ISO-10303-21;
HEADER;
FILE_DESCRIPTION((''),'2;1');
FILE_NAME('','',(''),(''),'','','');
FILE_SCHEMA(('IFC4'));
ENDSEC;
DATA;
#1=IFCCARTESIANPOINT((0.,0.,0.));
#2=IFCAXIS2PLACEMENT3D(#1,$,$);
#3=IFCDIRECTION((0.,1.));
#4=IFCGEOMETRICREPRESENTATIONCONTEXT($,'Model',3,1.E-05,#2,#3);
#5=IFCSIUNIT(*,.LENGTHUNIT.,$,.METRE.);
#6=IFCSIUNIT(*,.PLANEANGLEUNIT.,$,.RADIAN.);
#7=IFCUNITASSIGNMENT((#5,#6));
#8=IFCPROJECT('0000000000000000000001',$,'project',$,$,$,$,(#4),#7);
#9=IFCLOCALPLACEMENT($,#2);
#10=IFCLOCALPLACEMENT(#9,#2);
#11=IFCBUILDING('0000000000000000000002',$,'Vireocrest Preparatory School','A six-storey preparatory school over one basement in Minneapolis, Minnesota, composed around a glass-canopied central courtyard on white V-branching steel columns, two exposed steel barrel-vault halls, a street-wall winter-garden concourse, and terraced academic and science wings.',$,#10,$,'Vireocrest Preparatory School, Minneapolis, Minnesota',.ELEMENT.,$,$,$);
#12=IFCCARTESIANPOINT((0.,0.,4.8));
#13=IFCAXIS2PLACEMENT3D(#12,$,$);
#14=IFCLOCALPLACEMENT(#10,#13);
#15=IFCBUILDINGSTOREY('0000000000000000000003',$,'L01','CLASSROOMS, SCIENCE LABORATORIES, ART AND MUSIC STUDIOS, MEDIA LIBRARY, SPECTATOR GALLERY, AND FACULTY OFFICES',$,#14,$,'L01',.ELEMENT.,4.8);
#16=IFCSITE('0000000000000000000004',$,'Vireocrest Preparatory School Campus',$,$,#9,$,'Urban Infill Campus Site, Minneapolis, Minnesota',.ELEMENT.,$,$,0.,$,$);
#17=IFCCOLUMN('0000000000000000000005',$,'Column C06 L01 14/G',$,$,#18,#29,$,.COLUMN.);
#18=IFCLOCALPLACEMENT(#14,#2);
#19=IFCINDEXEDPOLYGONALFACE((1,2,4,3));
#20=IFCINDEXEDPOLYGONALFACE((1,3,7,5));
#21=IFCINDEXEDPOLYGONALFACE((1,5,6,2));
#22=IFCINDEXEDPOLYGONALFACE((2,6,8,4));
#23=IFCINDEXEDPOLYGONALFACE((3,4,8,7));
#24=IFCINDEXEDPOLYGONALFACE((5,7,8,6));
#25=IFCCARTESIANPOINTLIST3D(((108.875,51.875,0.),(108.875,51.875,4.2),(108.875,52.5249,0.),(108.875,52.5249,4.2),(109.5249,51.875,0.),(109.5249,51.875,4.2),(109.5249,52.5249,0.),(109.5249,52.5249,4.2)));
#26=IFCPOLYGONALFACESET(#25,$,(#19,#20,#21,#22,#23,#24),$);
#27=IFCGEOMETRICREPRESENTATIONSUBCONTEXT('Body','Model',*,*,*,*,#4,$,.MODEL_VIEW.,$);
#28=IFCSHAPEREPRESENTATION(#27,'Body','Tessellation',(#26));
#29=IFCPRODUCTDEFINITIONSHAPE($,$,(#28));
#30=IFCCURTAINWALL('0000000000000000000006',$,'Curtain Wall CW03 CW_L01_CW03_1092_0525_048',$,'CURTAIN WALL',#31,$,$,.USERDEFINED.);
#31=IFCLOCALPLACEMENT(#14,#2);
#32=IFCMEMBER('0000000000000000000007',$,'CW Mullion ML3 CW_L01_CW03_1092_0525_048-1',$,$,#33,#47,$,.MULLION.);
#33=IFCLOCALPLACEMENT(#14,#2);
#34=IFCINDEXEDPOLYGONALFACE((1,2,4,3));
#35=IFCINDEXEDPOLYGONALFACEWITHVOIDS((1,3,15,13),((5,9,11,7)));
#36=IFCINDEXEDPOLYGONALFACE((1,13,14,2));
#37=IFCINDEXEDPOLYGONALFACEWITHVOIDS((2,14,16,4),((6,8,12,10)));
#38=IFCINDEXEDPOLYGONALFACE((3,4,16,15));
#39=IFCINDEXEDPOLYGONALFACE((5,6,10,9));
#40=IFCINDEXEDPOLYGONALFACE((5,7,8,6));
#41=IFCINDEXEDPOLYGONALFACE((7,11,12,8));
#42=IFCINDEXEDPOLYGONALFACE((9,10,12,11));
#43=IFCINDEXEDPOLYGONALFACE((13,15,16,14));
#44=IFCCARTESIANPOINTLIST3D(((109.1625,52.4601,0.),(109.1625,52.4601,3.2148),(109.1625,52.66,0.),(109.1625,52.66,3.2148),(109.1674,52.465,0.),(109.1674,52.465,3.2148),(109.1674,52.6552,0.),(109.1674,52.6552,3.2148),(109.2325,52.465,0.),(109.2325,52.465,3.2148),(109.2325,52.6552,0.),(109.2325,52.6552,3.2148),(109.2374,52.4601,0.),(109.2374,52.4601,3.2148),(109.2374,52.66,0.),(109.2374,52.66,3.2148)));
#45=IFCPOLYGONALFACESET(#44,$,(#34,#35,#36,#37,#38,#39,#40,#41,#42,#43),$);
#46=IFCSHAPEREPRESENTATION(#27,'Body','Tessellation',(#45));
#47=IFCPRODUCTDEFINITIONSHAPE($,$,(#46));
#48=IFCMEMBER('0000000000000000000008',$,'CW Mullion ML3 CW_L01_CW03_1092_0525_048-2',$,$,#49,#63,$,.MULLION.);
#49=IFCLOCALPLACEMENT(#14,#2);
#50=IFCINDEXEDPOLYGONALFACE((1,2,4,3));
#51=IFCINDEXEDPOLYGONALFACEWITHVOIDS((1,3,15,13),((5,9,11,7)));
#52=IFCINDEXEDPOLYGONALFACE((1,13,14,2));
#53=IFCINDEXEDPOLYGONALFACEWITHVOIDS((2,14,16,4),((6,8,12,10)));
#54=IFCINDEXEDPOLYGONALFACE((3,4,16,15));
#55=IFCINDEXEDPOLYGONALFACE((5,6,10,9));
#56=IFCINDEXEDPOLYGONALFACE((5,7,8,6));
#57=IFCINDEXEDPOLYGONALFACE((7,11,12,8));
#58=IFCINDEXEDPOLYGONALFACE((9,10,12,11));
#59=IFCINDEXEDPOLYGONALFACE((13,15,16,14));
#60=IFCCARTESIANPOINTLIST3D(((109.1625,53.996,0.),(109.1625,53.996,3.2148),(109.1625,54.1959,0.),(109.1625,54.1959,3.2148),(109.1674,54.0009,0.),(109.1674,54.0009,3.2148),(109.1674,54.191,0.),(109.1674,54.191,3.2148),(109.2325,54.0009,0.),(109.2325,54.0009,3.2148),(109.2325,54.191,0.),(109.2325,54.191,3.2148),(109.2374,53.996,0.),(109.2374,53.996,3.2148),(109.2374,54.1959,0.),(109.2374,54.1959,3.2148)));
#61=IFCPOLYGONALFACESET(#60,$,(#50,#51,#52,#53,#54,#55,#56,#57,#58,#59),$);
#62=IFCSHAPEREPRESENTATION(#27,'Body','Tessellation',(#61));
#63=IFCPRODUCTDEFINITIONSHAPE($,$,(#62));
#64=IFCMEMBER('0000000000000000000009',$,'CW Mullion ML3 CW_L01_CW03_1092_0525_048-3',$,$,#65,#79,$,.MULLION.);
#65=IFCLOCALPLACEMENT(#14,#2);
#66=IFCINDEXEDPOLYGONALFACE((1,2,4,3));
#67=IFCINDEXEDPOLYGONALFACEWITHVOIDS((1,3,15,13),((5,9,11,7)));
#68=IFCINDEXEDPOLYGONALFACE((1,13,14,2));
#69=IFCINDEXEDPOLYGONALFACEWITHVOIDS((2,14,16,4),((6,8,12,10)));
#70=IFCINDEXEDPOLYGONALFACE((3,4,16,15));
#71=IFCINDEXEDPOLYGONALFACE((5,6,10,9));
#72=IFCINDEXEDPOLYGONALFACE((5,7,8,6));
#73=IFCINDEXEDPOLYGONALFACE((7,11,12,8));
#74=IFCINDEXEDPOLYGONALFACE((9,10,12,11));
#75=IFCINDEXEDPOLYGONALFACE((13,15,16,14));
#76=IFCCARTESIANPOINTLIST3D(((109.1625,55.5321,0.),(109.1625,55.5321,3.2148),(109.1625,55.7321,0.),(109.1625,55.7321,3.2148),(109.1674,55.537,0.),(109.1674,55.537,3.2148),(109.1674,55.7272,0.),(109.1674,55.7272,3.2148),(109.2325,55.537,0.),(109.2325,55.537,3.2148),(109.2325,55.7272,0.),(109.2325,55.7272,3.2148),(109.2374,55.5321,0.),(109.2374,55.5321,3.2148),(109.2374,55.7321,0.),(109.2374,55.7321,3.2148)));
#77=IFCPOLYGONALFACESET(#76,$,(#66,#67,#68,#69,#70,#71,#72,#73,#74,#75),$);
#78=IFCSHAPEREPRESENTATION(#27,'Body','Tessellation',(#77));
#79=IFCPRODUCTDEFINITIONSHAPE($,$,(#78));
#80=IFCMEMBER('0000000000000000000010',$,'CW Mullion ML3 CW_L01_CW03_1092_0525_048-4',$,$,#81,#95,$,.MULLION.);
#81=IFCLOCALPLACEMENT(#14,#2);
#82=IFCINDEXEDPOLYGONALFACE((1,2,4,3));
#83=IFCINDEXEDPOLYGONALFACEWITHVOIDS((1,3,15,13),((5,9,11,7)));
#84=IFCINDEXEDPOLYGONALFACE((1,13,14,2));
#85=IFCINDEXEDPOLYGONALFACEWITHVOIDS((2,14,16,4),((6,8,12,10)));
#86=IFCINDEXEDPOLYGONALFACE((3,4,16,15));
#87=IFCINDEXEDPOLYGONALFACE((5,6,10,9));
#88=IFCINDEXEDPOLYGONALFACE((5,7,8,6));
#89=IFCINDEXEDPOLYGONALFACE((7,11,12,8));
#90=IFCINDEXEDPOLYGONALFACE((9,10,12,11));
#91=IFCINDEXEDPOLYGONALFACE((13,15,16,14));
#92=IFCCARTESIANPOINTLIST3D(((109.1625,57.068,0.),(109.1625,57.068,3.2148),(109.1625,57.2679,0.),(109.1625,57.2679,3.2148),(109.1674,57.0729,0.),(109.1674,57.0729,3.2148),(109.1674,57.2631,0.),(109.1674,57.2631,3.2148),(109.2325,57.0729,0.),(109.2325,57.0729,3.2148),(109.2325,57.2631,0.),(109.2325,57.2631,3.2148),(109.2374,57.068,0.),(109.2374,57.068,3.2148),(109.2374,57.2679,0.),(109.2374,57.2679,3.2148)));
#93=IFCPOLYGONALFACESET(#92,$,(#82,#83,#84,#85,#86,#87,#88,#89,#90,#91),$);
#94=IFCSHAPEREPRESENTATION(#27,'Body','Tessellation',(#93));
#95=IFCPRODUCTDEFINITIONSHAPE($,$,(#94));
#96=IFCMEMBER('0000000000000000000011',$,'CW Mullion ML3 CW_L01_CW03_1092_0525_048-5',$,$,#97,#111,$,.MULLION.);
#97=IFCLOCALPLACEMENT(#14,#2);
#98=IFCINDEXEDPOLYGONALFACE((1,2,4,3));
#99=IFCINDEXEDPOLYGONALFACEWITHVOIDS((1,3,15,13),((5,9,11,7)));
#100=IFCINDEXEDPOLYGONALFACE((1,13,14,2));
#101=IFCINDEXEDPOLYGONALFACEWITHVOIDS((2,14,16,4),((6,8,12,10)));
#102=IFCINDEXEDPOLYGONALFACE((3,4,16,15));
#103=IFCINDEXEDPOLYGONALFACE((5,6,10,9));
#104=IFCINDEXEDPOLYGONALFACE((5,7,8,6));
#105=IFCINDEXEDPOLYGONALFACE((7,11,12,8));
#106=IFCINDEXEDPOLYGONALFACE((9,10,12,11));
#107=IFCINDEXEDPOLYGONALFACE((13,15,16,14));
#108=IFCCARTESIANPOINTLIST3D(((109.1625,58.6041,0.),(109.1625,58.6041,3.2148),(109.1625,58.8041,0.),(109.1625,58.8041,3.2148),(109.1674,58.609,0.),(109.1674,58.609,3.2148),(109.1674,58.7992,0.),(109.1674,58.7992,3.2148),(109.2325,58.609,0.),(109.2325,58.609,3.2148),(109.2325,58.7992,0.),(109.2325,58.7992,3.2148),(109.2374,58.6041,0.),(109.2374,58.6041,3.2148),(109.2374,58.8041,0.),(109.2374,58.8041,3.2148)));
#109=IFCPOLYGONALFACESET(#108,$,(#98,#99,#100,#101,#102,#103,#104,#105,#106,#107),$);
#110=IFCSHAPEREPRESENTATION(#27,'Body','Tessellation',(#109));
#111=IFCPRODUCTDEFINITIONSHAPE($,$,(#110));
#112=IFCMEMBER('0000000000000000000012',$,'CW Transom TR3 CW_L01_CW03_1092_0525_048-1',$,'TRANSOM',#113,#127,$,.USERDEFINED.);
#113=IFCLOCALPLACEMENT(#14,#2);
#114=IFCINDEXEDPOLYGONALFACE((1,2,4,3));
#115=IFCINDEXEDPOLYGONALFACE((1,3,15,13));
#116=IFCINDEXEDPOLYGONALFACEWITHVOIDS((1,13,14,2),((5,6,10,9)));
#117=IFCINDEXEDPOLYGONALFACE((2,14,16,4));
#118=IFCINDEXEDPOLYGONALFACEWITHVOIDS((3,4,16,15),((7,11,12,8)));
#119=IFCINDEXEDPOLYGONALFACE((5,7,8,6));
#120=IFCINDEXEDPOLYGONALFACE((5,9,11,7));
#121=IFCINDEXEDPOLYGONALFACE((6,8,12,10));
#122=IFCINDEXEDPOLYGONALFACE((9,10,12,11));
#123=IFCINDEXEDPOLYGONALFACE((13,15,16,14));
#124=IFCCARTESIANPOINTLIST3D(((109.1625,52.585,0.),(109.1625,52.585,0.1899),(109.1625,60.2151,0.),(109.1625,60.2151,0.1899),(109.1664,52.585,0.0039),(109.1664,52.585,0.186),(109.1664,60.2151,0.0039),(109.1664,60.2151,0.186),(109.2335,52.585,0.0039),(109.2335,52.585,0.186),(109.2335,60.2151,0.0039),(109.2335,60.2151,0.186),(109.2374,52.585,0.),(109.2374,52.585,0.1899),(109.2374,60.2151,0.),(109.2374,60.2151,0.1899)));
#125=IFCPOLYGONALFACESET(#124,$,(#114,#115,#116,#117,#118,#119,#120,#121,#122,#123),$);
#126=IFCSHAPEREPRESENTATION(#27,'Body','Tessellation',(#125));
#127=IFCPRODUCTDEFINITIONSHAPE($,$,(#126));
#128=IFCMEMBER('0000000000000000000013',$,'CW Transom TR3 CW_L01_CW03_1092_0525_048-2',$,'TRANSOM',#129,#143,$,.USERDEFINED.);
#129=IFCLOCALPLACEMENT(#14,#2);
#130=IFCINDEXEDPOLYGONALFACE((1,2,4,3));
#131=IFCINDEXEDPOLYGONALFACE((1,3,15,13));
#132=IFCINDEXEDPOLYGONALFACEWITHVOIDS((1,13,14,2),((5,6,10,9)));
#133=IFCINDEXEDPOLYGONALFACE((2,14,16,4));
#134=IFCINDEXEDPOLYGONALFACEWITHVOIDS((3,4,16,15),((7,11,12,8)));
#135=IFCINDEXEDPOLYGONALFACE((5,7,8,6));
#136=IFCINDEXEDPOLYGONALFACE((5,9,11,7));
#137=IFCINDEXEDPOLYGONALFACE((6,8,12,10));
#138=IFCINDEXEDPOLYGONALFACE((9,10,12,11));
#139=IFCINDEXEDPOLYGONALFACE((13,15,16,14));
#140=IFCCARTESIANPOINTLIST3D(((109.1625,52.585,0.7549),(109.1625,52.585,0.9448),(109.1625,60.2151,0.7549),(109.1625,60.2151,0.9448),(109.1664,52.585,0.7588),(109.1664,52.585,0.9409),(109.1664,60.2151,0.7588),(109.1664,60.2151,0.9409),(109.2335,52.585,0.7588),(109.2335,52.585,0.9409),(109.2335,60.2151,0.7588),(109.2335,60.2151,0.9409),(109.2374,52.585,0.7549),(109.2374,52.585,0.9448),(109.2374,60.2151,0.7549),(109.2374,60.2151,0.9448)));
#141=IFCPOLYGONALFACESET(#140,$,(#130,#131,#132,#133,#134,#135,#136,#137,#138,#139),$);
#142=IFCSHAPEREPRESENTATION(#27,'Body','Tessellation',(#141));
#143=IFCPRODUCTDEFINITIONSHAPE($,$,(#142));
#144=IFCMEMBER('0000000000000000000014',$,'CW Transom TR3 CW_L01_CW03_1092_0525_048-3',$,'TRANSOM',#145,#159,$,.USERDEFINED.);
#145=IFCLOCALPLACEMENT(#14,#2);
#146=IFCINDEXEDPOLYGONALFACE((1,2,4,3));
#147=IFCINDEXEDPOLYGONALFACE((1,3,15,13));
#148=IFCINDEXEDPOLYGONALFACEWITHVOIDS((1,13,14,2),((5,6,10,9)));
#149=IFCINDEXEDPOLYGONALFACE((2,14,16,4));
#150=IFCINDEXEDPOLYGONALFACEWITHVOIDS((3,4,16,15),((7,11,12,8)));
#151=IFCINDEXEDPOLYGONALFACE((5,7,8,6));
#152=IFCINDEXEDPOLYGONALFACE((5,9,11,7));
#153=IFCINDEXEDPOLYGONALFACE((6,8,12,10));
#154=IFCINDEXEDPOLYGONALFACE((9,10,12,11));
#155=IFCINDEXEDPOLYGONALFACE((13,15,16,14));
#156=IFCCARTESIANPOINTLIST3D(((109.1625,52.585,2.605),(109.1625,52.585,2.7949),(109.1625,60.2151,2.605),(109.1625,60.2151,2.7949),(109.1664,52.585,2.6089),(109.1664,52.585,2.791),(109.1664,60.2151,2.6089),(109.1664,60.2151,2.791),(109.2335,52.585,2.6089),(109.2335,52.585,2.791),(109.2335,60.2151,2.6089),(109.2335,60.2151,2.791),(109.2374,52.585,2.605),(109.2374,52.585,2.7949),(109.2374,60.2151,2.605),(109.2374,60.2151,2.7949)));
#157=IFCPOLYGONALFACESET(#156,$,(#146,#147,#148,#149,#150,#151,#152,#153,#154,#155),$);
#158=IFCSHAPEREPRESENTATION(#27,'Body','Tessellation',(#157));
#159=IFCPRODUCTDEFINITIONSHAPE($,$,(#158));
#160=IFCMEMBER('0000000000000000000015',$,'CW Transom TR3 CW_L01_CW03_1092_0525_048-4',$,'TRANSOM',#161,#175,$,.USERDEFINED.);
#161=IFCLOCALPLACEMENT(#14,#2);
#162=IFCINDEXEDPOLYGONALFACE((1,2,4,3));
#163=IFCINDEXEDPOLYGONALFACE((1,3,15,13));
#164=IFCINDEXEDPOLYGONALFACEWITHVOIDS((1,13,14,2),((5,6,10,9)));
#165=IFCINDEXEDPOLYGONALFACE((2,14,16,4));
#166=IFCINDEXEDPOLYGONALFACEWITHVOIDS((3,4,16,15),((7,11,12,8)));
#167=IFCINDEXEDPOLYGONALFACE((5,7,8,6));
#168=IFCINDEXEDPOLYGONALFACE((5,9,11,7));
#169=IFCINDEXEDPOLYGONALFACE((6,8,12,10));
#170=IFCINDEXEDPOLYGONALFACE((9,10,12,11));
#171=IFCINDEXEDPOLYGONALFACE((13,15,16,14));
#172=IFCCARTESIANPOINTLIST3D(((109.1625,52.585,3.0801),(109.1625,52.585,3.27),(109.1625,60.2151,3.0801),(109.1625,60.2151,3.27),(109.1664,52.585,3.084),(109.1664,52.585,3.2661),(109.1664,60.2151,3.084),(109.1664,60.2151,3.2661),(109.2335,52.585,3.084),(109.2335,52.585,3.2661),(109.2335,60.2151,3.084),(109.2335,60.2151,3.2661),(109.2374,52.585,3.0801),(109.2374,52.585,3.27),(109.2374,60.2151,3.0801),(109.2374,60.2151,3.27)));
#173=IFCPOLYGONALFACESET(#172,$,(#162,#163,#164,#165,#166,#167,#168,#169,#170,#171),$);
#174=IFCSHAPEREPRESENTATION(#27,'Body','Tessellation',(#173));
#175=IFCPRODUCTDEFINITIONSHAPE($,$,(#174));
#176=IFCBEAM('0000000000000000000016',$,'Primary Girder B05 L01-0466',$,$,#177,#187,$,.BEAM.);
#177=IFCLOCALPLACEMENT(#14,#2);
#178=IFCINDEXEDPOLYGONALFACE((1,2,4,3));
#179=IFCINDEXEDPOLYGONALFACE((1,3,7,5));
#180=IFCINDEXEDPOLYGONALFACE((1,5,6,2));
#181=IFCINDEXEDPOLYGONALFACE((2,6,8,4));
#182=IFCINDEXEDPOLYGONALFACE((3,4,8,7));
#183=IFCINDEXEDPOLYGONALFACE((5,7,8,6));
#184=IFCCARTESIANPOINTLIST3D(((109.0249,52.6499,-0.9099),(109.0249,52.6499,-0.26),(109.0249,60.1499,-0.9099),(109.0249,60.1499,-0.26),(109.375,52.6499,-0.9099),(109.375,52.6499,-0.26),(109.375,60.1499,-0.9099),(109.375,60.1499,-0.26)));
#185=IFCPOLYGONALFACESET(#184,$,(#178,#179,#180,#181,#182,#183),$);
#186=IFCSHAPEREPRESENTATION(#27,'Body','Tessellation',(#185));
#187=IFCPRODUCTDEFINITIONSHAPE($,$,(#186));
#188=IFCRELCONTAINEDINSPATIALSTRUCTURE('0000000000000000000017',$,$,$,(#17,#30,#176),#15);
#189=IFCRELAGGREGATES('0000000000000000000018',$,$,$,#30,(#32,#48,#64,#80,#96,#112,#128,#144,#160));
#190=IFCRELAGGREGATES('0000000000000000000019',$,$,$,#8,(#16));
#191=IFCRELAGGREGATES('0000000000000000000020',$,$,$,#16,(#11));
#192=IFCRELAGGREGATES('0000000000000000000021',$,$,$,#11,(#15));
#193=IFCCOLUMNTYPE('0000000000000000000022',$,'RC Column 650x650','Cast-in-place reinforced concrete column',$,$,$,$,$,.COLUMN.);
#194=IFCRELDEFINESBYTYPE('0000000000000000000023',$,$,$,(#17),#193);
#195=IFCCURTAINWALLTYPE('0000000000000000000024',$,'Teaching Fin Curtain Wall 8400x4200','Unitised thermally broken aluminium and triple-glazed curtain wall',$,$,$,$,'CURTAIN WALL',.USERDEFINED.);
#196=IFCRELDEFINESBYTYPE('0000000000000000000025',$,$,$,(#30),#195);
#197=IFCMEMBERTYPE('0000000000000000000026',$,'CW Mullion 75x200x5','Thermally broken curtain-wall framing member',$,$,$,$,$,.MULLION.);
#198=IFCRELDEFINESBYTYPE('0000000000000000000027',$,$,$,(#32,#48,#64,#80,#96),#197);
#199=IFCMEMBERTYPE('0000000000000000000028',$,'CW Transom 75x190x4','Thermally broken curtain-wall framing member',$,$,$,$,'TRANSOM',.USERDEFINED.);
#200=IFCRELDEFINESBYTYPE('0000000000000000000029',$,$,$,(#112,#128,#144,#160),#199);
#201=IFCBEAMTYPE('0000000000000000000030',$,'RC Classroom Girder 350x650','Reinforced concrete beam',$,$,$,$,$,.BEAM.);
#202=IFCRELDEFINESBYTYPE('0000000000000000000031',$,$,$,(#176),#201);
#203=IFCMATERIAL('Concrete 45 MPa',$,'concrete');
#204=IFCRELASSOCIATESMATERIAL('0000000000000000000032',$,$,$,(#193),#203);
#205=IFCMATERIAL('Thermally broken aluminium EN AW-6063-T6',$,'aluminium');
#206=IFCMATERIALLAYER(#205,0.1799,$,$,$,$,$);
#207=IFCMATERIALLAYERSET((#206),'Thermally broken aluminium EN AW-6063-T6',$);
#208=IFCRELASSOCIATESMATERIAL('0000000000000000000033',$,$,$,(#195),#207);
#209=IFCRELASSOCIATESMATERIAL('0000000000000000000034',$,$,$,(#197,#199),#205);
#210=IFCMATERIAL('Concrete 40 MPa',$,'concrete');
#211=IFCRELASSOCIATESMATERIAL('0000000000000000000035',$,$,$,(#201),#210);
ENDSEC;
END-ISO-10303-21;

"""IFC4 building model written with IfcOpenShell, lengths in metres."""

from ifc_helpers import new_model, si_unit, direction, frame, origin, origin_2d, place, context, subcontext, project, spatial, rectangle, hollow_rectangle, extrude, material, layer, layer_set, material_profile, profile_set, type_object, element, aggregate, save


model = new_model("IFC4")

# Units and contexts
model_context = context("Model", 3, precision=1e-05, world=origin(), true_north=direction((0.0, 1.0)))
body_context = subcontext(model_context, "Body", "Model", "MODEL_VIEW")
ifc_project = project(units=[si_unit("LENGTHUNIT", "METRE"), si_unit("PLANEANGLEUNIT", "RADIAN")], contexts=[model_context])

# Site, building, storey
site_placement = place(None, origin())
site = spatial("IfcSite", under=ifc_project, at=site_placement, Name="Vireocrest Preparatory School Campus", LongName="Urban Infill Campus Site, Minneapolis, Minnesota", CompositionType="ELEMENT", RefElevation=0.0)
building_placement = place(site_placement, origin())
building = spatial("IfcBuilding", under=site, at=building_placement, Name="Vireocrest Preparatory School", Description="A six-storey preparatory school over one basement in Minneapolis, Minnesota, composed around a glass-canopied central courtyard on white V-branching steel columns, two exposed steel barrel-vault halls, a street-wall winter-garden concourse, and terraced academic and science wings.", LongName="Vireocrest Preparatory School, Minneapolis, Minnesota", CompositionType="ELEMENT")
storey_placement = place(building_placement, frame((0.0, 0.0, 4.8)))
storey = spatial("IfcBuildingStorey", under=building, at=storey_placement, Name="L01", Description="CLASSROOMS, SCIENCE LABORATORIES, ART AND MUSIC STUDIOS, MEDIA LIBRARY, SPECTATOR GALLERY, AND FACULTY OFFICES", LongName="L01", CompositionType="ELEMENT", Elevation=4.8)

# Column
ifc_material_1 = material(Name="Concrete 45 MPa", Category="concrete")
ifc_material_profile_1 = material_profile(ifc_material_1, rectangle(XDim=0.6499, YDim=0.6499, at=origin_2d()), Name="RC 650x650")
ifc_profile_set_1 = profile_set([ifc_material_profile_1], Name="Concrete 45 MPa")
column_type = type_object("IfcColumnType", Name="RC Column 650x650", Description="Cast-in-place reinforced concrete column", PredefinedType="COLUMN", material=ifc_profile_set_1)
column_placement = place(storey_placement, frame((109.2, 52.2, 0.0), z_axis=(0.0, 0.0, 1.0), x_axis=(1.0, 0.0, 0.0)))
element("IfcColumn", 1, at=column_placement, inside=storey, type_object=column_type, Name="Column C06 L01 14/G", PredefinedType="COLUMN", context=body_context, shape_type="SweptSolid", body=[
    extrude(rectangle(XDim=0.6499, YDim=0.6499, at=origin_2d()), origin(), (0.0, 0.0, 1.0), 4.2),
])

# Curtain wall, members
ifc_material_2 = material(Name="Thermally broken aluminium EN AW-6063-T6", Category="aluminium")
ifc_layer_1 = layer(ifc_material_2, 0.1799)
ifc_layer_set_1 = layer_set([ifc_layer_1], Name="Thermally broken aluminium EN AW-6063-T6")
curtain_wall_type = type_object("IfcCurtainWallType", Name="Teaching Fin Curtain Wall 8400x4200", Description="Unitised thermally broken aluminium and triple-glazed curtain wall", ElementType="CURTAIN WALL", PredefinedType="USERDEFINED", material=ifc_layer_set_1)
curtain_wall_placement = place(storey_placement, origin())
curtain_wall = element("IfcCurtainWall", 2, at=curtain_wall_placement, inside=storey, type_object=curtain_wall_type, Name="Curtain Wall CW03 CW_L01_CW03_1092_0525_048", ObjectType="CURTAIN WALL", PredefinedType="USERDEFINED")
ifc_material_profile_2 = material_profile(ifc_material_2, hollow_rectangle(XDim=0.075, YDim=0.2, WallThickness=0.0049, at=origin_2d()), Name="ALU 75x200x5")
ifc_profile_set_2 = profile_set([ifc_material_profile_2], Name="Thermally broken aluminium EN AW-6063-T6")
member_type_1 = type_object("IfcMemberType", Name="CW Mullion 75x200x5", Description="Thermally broken curtain-wall framing member", PredefinedType="MULLION", material=ifc_profile_set_2)
member_1_placement = place(storey_placement, frame((109.2, 52.5601, 0.0), z_axis=(0.0, 0.0, 1.0), x_axis=(1.0, 0.0, 0.0)))
member_1 = element("IfcMember", 3, at=member_1_placement, type_object=member_type_1, Name="CW Mullion ML3 CW_L01_CW03_1092_0525_048-1", PredefinedType="MULLION", context=body_context, shape_type="SweptSolid", body=[
    extrude(hollow_rectangle(XDim=0.075, YDim=0.2, WallThickness=0.0049, at=origin_2d()), origin(), (0.0, 0.0, 1.0), 3.2148),
])
member_2_placement = place(storey_placement, frame((109.2, 54.0959, 0.0), z_axis=(0.0, 0.0, 1.0), x_axis=(1.0, 0.0, 0.0)))
member_2 = element("IfcMember", 4, at=member_2_placement, type_object=member_type_1, Name="CW Mullion ML3 CW_L01_CW03_1092_0525_048-2", PredefinedType="MULLION", context=body_context, shape_type="SweptSolid", body=[
    extrude(hollow_rectangle(XDim=0.075, YDim=0.2, WallThickness=0.0049, at=origin_2d()), origin(), (0.0, 0.0, 1.0), 3.2148),
])
member_3_placement = place(storey_placement, frame((109.2, 55.6321, 0.0), z_axis=(0.0, 0.0, 1.0), x_axis=(1.0, 0.0, 0.0)))
member_3 = element("IfcMember", 5, at=member_3_placement, type_object=member_type_1, Name="CW Mullion ML3 CW_L01_CW03_1092_0525_048-3", PredefinedType="MULLION", context=body_context, shape_type="SweptSolid", body=[
    extrude(hollow_rectangle(XDim=0.075, YDim=0.2, WallThickness=0.0049, at=origin_2d()), origin(), (0.0, 0.0, 1.0), 3.2148),
])
member_4_placement = place(storey_placement, frame((109.2, 57.168, 0.0), z_axis=(0.0, 0.0, 1.0), x_axis=(1.0, 0.0, 0.0)))
member_4 = element("IfcMember", 6, at=member_4_placement, type_object=member_type_1, Name="CW Mullion ML3 CW_L01_CW03_1092_0525_048-4", PredefinedType="MULLION", context=body_context, shape_type="SweptSolid", body=[
    extrude(hollow_rectangle(XDim=0.075, YDim=0.2, WallThickness=0.0049, at=origin_2d()), origin(), (0.0, 0.0, 1.0), 3.2148),
])
member_5_placement = place(storey_placement, frame((109.2, 58.7041, 0.0), z_axis=(0.0, 0.0, 1.0), x_axis=(1.0, 0.0, 0.0)))
member_5 = element("IfcMember", 7, at=member_5_placement, type_object=member_type_1, Name="CW Mullion ML3 CW_L01_CW03_1092_0525_048-5", PredefinedType="MULLION", context=body_context, shape_type="SweptSolid", body=[
    extrude(hollow_rectangle(XDim=0.075, YDim=0.2, WallThickness=0.0049, at=origin_2d()), origin(), (0.0, 0.0, 1.0), 3.2148),
])
ifc_material_profile_3 = material_profile(ifc_material_2, hollow_rectangle(XDim=0.075, YDim=0.1899, WallThickness=0.0039, at=origin_2d()), Name="ALU 75x190x4")
ifc_profile_set_3 = profile_set([ifc_material_profile_3], Name="Thermally broken aluminium EN AW-6063-T6")
member_type_2 = type_object("IfcMemberType", Name="CW Transom 75x190x4", Description="Thermally broken curtain-wall framing member", ElementType="TRANSOM", PredefinedType="USERDEFINED", material=ifc_profile_set_3)
member_6_placement = place(storey_placement, frame((109.2, 52.585, 0.095), z_axis=(0.0, 1.0, 0.0), x_axis=(-1.0, 0.0, 0.0)))
member_6 = element("IfcMember", 8, at=member_6_placement, type_object=member_type_2, Name="CW Transom TR3 CW_L01_CW03_1092_0525_048-1", ObjectType="TRANSOM", PredefinedType="USERDEFINED", context=body_context, shape_type="SweptSolid", body=[
    extrude(hollow_rectangle(XDim=0.075, YDim=0.1899, WallThickness=0.0039, at=origin_2d()), origin(), (0.0, 0.0, 1.0), 7.6301),
])
member_7_placement = place(storey_placement, frame((109.2, 52.585, 0.8499), z_axis=(0.0, 1.0, 0.0), x_axis=(-1.0, 0.0, 0.0)))
member_7 = element("IfcMember", 9, at=member_7_placement, type_object=member_type_2, Name="CW Transom TR3 CW_L01_CW03_1092_0525_048-2", ObjectType="TRANSOM", PredefinedType="USERDEFINED", context=body_context, shape_type="SweptSolid", body=[
    extrude(hollow_rectangle(XDim=0.075, YDim=0.1899, WallThickness=0.0039, at=origin_2d()), origin(), (0.0, 0.0, 1.0), 7.6301),
])
member_8_placement = place(storey_placement, frame((109.2, 52.585, 2.7), z_axis=(0.0, 1.0, 0.0), x_axis=(-1.0, 0.0, 0.0)))
member_8 = element("IfcMember", 10, at=member_8_placement, type_object=member_type_2, Name="CW Transom TR3 CW_L01_CW03_1092_0525_048-3", ObjectType="TRANSOM", PredefinedType="USERDEFINED", context=body_context, shape_type="SweptSolid", body=[
    extrude(hollow_rectangle(XDim=0.075, YDim=0.1899, WallThickness=0.0039, at=origin_2d()), origin(), (0.0, 0.0, 1.0), 7.6301),
])
member_9_placement = place(storey_placement, frame((109.2, 52.585, 3.175), z_axis=(0.0, 1.0, 0.0), x_axis=(-1.0, 0.0, 0.0)))
member_9 = element("IfcMember", 11, at=member_9_placement, type_object=member_type_2, Name="CW Transom TR3 CW_L01_CW03_1092_0525_048-4", ObjectType="TRANSOM", PredefinedType="USERDEFINED", context=body_context, shape_type="SweptSolid", body=[
    extrude(hollow_rectangle(XDim=0.075, YDim=0.1899, WallThickness=0.0039, at=origin_2d()), origin(), (0.0, 0.0, 1.0), 7.6301),
])

# Beam
ifc_material_3 = material(Name="Concrete 40 MPa", Category="concrete")
ifc_material_profile_4 = material_profile(ifc_material_3, rectangle(XDim=0.3501, YDim=0.6499, at=origin_2d()), Name="RC 350x650")
ifc_profile_set_4 = profile_set([ifc_material_profile_4], Name="Concrete 40 MPa")
beam_type = type_object("IfcBeamType", Name="RC Classroom Girder 350x650", Description="Reinforced concrete beam", PredefinedType="BEAM", material=ifc_profile_set_4)
beam_placement = place(storey_placement, frame((109.2, 52.6499, -0.585), z_axis=(0.0, 1.0, 0.0), x_axis=(-1.0, 0.0, 0.0)))
element("IfcBeam", 12, at=beam_placement, inside=storey, type_object=beam_type, Name="Primary Girder B05 L01-0466", PredefinedType="BEAM", context=body_context, shape_type="SweptSolid", body=[
    extrude(rectangle(XDim=0.3501, YDim=0.6499, at=origin_2d()), origin(), (0.0, 0.0, 1.0), 7.5),
])

aggregate(curtain_wall, [member_1, member_2, member_3, member_4, member_5, member_6, member_7, member_8, member_9])

save(model, "model.ifc")
